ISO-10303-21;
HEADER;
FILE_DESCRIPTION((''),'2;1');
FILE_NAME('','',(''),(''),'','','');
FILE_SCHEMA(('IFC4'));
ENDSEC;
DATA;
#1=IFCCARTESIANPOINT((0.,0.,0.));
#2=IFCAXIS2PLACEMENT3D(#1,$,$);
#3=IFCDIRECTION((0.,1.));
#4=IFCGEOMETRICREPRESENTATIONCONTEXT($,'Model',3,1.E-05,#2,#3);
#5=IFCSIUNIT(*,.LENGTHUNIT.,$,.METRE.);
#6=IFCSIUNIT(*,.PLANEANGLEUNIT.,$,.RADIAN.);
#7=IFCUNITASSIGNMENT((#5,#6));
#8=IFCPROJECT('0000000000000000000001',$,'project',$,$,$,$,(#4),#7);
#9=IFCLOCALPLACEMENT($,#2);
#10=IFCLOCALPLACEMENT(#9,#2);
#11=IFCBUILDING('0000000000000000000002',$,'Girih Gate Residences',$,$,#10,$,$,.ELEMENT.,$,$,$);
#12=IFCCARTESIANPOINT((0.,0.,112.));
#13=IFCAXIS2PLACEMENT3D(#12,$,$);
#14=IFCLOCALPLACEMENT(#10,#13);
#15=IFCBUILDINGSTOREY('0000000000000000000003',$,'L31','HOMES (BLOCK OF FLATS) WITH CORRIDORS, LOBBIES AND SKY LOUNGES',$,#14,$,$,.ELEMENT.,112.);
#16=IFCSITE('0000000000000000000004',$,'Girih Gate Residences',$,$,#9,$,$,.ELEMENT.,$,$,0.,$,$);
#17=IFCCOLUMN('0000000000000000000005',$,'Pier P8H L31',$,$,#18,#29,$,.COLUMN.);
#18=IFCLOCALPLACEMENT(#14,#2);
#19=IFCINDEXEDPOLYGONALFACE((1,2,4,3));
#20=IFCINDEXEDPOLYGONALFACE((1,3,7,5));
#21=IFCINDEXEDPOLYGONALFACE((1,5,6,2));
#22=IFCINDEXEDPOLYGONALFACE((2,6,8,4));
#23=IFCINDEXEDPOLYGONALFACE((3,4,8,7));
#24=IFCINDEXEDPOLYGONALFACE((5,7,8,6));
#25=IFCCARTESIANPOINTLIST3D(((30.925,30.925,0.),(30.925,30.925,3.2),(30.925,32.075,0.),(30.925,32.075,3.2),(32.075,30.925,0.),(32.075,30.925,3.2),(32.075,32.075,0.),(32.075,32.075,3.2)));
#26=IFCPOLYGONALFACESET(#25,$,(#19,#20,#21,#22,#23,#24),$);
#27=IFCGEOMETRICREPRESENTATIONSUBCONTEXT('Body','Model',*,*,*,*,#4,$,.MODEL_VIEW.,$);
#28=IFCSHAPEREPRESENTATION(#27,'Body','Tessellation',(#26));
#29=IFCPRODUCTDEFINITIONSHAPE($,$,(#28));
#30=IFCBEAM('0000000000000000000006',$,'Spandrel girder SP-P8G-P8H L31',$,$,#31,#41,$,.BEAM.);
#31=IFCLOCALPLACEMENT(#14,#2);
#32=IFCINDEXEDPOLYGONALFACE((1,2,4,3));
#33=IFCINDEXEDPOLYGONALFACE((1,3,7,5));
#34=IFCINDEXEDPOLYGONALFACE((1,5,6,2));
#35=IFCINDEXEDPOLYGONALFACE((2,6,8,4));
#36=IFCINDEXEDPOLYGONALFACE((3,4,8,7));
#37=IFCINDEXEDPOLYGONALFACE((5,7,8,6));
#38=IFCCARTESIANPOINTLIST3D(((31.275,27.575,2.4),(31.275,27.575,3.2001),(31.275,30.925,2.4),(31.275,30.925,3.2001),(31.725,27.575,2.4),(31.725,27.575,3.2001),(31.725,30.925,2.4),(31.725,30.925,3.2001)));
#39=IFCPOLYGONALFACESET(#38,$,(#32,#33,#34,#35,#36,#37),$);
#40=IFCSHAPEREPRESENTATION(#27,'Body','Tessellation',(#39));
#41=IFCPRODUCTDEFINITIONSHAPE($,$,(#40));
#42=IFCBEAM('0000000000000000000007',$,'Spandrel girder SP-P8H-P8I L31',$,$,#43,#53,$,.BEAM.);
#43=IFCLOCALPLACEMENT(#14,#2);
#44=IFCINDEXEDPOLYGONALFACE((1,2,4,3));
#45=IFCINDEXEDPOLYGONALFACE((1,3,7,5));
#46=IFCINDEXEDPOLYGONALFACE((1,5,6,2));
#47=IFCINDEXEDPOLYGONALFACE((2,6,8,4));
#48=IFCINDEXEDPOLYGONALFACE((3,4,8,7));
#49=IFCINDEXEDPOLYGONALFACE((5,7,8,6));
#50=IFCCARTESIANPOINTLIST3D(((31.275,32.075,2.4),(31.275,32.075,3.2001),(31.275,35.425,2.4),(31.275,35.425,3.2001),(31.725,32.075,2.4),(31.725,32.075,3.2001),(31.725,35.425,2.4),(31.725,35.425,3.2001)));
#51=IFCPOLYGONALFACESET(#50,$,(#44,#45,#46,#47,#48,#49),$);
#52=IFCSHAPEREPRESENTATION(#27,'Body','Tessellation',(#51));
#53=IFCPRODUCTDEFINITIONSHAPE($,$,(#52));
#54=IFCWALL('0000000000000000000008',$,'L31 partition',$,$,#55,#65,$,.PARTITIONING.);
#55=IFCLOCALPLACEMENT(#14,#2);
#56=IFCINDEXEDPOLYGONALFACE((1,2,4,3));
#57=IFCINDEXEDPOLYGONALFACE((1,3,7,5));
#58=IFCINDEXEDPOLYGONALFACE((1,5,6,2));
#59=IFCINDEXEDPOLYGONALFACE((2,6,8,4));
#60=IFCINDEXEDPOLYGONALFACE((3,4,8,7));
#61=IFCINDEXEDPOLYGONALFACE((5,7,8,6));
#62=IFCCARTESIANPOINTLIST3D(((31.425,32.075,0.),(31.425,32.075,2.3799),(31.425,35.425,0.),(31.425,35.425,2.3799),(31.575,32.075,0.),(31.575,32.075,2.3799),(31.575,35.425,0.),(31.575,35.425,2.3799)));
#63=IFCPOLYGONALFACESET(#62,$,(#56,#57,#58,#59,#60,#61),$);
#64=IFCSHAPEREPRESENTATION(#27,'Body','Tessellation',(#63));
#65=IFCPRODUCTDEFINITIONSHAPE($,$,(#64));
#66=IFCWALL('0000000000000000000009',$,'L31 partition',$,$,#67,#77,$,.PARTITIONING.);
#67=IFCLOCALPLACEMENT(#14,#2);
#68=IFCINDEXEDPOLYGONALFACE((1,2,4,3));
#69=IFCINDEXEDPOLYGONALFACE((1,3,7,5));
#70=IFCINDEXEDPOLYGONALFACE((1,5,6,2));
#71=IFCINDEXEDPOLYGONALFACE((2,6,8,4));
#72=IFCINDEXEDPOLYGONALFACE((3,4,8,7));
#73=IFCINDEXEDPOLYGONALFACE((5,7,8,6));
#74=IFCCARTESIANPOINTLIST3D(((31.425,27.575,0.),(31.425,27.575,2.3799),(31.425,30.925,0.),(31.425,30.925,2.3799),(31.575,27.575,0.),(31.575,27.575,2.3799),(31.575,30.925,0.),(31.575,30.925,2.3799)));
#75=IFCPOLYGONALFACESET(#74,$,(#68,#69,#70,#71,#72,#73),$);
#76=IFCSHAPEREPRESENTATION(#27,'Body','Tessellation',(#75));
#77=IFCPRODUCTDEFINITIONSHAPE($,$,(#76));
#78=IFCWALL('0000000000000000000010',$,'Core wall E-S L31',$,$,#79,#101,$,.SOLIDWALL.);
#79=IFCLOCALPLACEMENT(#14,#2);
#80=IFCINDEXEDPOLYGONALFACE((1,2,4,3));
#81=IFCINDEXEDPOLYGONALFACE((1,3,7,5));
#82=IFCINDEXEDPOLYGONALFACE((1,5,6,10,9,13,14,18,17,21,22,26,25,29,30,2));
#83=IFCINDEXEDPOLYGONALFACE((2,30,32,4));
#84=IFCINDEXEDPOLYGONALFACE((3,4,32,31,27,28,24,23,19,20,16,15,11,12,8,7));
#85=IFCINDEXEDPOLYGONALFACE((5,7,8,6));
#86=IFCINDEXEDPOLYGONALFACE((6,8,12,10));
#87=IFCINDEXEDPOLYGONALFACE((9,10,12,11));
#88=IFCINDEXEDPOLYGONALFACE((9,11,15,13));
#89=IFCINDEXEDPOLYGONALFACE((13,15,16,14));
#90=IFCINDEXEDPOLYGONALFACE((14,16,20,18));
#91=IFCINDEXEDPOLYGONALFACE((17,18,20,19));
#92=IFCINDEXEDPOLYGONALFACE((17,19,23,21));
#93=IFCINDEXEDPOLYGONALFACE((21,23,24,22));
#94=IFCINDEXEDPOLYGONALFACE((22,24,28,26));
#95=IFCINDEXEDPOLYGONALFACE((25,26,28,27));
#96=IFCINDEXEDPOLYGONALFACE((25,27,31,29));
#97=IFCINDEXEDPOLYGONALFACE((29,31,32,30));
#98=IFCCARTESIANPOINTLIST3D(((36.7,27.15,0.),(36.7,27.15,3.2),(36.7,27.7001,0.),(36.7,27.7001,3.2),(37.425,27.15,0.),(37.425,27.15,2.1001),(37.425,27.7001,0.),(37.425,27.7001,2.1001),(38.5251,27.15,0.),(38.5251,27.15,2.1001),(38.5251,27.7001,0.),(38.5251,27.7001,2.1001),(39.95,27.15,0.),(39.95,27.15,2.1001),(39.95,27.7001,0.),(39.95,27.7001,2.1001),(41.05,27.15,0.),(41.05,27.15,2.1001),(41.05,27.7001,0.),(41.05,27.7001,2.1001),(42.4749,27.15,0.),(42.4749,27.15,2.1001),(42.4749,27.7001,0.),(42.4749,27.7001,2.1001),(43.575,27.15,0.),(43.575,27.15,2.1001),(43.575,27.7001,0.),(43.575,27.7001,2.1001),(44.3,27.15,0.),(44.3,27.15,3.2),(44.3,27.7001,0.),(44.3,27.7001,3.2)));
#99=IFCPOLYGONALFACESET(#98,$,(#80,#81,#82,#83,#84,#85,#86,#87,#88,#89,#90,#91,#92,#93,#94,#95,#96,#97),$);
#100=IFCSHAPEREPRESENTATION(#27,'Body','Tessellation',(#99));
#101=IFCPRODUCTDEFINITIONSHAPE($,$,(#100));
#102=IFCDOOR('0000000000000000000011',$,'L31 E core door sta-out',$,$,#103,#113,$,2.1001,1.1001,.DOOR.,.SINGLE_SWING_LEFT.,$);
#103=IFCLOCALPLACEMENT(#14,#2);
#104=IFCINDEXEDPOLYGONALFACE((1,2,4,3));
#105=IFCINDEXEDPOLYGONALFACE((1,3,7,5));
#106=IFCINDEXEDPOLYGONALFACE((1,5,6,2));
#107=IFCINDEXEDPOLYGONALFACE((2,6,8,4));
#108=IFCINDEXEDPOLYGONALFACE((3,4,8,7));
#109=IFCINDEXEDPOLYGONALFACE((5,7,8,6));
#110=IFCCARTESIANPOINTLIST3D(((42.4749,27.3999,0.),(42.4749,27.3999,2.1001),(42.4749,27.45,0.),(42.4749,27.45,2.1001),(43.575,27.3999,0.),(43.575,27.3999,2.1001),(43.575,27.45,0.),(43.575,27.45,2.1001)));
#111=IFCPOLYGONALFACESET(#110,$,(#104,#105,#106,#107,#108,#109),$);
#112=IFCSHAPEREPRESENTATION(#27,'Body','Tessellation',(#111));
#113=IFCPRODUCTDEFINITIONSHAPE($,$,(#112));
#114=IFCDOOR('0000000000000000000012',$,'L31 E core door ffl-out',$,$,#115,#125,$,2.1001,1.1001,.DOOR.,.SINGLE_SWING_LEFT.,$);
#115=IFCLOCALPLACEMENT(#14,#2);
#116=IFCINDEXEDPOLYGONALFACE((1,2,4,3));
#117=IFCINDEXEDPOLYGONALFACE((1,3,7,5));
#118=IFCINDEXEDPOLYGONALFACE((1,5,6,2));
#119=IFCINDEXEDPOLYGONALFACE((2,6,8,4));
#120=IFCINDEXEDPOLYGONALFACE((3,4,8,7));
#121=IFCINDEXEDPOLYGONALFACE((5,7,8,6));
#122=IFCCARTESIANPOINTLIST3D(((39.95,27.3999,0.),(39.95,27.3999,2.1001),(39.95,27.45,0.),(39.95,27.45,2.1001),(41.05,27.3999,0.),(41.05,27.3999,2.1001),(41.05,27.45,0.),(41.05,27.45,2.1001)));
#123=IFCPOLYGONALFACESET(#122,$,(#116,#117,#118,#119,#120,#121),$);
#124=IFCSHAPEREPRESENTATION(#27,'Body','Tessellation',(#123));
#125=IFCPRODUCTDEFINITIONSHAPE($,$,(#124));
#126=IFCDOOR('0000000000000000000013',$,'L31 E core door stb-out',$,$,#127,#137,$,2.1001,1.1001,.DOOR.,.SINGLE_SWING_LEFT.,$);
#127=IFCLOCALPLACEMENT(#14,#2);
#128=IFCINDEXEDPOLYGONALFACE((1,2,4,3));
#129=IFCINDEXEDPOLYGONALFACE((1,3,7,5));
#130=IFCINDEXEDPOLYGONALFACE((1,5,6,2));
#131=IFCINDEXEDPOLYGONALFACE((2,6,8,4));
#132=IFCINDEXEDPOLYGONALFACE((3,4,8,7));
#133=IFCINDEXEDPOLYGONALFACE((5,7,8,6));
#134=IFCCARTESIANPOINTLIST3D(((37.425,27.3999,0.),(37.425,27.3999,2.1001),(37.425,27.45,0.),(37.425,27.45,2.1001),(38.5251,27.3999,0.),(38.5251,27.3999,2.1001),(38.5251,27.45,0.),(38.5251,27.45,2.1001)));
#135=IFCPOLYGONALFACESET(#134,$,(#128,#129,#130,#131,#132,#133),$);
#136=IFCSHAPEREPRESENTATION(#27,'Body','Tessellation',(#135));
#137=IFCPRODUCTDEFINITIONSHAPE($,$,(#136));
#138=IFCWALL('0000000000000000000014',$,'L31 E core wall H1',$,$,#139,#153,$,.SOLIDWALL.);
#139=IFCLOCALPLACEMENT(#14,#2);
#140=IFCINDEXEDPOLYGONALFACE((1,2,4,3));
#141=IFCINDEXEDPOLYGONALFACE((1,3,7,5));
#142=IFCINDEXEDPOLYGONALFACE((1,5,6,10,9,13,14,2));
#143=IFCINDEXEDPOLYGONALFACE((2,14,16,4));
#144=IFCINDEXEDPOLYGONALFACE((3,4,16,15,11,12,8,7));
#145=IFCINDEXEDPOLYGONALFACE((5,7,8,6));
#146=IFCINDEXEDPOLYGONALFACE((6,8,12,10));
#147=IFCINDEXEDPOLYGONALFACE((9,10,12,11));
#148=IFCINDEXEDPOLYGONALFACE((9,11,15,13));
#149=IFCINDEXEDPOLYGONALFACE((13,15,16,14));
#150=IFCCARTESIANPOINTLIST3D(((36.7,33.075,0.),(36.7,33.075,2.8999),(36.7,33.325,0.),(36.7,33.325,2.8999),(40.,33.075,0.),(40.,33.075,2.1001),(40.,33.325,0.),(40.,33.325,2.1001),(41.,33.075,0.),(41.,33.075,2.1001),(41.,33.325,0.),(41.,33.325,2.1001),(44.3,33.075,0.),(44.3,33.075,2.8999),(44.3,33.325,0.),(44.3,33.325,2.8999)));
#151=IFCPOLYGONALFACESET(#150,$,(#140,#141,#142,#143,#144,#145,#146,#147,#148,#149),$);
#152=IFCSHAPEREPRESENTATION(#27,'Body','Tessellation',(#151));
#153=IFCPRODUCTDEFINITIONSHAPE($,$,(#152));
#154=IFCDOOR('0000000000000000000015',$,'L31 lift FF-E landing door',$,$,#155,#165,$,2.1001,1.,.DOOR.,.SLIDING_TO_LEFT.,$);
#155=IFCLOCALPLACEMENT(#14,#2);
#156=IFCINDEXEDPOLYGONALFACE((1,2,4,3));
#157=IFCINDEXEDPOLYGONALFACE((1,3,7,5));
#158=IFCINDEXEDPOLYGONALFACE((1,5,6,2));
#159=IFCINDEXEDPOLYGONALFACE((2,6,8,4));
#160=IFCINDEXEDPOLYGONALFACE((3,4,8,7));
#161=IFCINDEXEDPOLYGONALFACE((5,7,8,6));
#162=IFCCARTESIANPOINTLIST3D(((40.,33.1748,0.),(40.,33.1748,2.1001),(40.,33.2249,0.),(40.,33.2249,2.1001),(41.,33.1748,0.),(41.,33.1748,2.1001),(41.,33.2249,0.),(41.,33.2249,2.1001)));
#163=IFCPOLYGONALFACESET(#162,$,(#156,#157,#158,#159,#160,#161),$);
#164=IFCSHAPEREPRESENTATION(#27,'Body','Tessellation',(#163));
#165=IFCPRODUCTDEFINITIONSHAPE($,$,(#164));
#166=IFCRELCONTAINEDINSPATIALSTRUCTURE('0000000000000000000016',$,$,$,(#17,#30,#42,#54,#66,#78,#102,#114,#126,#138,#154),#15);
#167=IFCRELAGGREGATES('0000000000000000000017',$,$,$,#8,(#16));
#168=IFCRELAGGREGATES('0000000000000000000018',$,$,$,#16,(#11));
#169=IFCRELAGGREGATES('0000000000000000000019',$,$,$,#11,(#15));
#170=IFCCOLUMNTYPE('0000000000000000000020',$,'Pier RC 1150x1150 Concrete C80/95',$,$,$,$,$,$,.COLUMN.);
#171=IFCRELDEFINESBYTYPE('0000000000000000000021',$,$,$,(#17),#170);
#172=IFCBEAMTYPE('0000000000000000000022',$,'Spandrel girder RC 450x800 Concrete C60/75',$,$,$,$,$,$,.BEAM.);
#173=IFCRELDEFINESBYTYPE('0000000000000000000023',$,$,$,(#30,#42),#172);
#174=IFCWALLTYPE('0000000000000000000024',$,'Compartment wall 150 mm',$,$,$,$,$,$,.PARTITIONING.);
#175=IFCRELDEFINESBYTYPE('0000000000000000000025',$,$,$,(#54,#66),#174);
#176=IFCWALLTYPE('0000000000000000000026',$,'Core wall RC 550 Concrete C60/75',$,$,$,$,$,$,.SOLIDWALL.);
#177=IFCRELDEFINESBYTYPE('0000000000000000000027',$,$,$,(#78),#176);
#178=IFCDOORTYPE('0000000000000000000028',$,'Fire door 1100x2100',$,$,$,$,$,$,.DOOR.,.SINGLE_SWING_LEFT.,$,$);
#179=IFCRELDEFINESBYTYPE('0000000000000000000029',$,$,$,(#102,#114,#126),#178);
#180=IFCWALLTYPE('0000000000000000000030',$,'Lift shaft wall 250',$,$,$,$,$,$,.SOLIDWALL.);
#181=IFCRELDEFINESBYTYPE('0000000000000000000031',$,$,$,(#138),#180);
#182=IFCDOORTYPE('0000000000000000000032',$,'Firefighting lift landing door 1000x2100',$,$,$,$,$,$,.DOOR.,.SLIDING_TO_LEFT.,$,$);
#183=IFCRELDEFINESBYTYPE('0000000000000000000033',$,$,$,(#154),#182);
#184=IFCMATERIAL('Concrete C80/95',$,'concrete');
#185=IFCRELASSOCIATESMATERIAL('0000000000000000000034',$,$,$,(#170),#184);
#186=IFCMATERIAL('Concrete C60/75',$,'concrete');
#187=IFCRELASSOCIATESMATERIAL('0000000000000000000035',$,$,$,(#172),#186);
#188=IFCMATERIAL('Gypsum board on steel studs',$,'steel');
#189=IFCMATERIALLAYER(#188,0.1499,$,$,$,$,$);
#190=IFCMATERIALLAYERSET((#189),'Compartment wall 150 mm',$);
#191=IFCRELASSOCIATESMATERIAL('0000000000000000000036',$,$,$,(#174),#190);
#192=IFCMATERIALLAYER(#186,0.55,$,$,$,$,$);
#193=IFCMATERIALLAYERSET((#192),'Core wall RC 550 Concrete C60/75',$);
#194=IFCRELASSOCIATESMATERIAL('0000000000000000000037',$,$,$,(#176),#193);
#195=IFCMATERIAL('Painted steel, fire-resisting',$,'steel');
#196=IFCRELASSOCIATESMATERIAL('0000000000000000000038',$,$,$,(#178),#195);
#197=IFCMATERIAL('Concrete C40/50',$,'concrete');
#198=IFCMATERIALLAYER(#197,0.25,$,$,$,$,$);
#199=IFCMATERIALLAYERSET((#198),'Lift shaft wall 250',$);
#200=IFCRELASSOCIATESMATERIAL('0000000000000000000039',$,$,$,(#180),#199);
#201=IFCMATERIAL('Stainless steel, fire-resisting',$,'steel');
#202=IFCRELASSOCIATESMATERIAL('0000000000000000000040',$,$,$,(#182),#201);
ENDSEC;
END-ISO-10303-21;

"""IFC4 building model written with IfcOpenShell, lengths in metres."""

from ifc_helpers import new_model, si_unit, direction, frame, frame_2d, origin, origin_2d, place, context, subcontext, project, spatial, rectangle, extrude, material, layer, layer_set, material_profile, profile_set, type_object, element, fill, save


model = new_model("IFC4")

# Units and contexts
model_context = context("Model", 3, precision=1e-05, world=origin(), true_north=direction((0.0, 1.0)))
body_context = subcontext(model_context, "Body", "Model", "MODEL_VIEW")
ifc_project = project(units=[si_unit("LENGTHUNIT", "METRE"), si_unit("PLANEANGLEUNIT", "RADIAN")], contexts=[model_context])

# Site, building, storey
site_placement = place(None, origin())
site = spatial("IfcSite", under=ifc_project, at=site_placement, Name="Girih Gate Residences", CompositionType="ELEMENT", RefElevation=0.0)
building_placement = place(site_placement, origin())
building = spatial("IfcBuilding", under=site, at=building_placement, Name="Girih Gate Residences", CompositionType="ELEMENT")
storey_placement = place(building_placement, frame((0.0, 0.0, 112.0)))
storey = spatial("IfcBuildingStorey", under=building, at=storey_placement, Name="L31", Description="HOMES (BLOCK OF FLATS) WITH CORRIDORS, LOBBIES AND SKY LOUNGES", CompositionType="ELEMENT", Elevation=112.0)

# Column
ifc_material_1 = material(Name="Concrete C80/95", Category="concrete")
ifc_material_profile_1 = material_profile(ifc_material_1, rectangle(XDim=1.1499, YDim=1.1499, at=origin_2d()))
ifc_profile_set_1 = profile_set([ifc_material_profile_1], Name="Concrete C80/95")
column_type = type_object("IfcColumnType", Name="Pier RC 1150x1150 Concrete C80/95", PredefinedType="COLUMN", material=ifc_profile_set_1)
column_placement = place(storey_placement, frame((31.5, 31.5, 0.0), z_axis=(0.0, 0.0, 1.0), x_axis=(1.0, 0.0, 0.0)))
element("IfcColumn", 1, at=column_placement, inside=storey, type_object=column_type, Name="Pier P8H L31", PredefinedType="COLUMN", context=body_context, shape_type="SweptSolid", body=[
    extrude(rectangle(XDim=1.1499, YDim=1.1499, at=origin_2d()), origin(), (0.0, 0.0, 1.0), 3.2),
])

# Beams
ifc_material_2 = material(Name="Concrete C60/75", Category="concrete")
ifc_material_profile_2 = material_profile(ifc_material_2, rectangle(XDim=0.45, YDim=0.8, at=origin_2d()))
ifc_profile_set_2 = profile_set([ifc_material_profile_2], Name="Concrete C60/75")
beam_type = type_object("IfcBeamType", Name="Spandrel girder RC 450x800 Concrete C60/75", PredefinedType="BEAM", material=ifc_profile_set_2)
for number, where, z_axis, x_axis, name in (
    (2, (31.5, 27.575, 2.8), (0.0, 1.0, 0.0), (-1.0, 0.0, 0.0), "Spandrel girder SP-P8G-P8H L31"),
    (3, (31.5, 32.075, 2.8), (0.0, 1.0, 0.0), (-1.0, 0.0, 0.0), "Spandrel girder SP-P8H-P8I L31"),
):
    element("IfcBeam", number, at=place(storey_placement, frame(where, z_axis=z_axis, x_axis=x_axis)), inside=storey, type_object=beam_type, Name=name, PredefinedType="BEAM", context=body_context, shape_type="SweptSolid", body=[
        extrude(rectangle(XDim=0.45, YDim=0.8, at=origin_2d()), origin(), (0.0, 0.0, 1.0), 3.3501),
    ])

# Walls
ifc_material_3 = material(Name="Gypsum board on steel studs", Category="steel")
ifc_layer_1 = layer(ifc_material_3, 0.1499)
ifc_layer_set_1 = layer_set([ifc_layer_1], Name="Compartment wall 150 mm")
wall_type_1 = type_object("IfcWallType", Name="Compartment wall 150 mm", PredefinedType="PARTITIONING", material=ifc_layer_set_1)
for number, where, z_axis, x_axis, name in (
    (4, (31.5, 32.075, 0.0), (0.0, 0.0, 1.0), (0.0, 1.0, 0.0), "L31 partition"),
    (5, (31.5, 27.575, 0.0), (0.0, 0.0, 1.0), (0.0, 1.0, 0.0), "L31 partition"),
):
    element("IfcWall", number, at=place(storey_placement, frame(where, z_axis=z_axis, x_axis=x_axis)), inside=storey, type_object=wall_type_1, Name=name, PredefinedType="PARTITIONING", context=body_context, shape_type="SweptSolid", body=[
        extrude(rectangle(XDim=3.3501, YDim=0.1499, at=frame_2d((1.675, 0.0))), origin(), (0.0, 0.0, 1.0), 2.3799),
    ])

# Wall, openings, doors
ifc_layer_2 = layer(ifc_material_2, 0.55)
ifc_layer_set_2 = layer_set([ifc_layer_2], Name="Core wall RC 550 Concrete C60/75")
wall_type_2 = type_object("IfcWallType", Name="Core wall RC 550 Concrete C60/75", PredefinedType="SOLIDWALL", material=ifc_layer_set_2)
wall_1_placement = place(storey_placement, frame((36.7, 27.425, 0.0), z_axis=(0.0, 0.0, 1.0), x_axis=(1.0, 0.0, 0.0)))
wall_1 = element("IfcWall", 6, at=wall_1_placement, inside=storey, type_object=wall_type_2, Name="Core wall E-S L31", PredefinedType="SOLIDWALL", context=body_context, shape_type="SweptSolid", body=[
    extrude(rectangle(XDim=7.6001, YDim=0.55, at=frame_2d((3.8, 0.0))), origin(), (0.0, 0.0, 1.0), 3.2),
])
opening_1_placement = place(wall_1_placement, frame((5.7749, 0.0, 0.0)))
opening_1 = element("IfcOpeningElement", 7, at=opening_1_placement, cuts=wall_1, PredefinedType="OPENING", context=body_context, shape_type="SweptSolid", body=[
    extrude(rectangle(XDim=1.1001, YDim=2.1001, at=frame_2d((0.55, 1.05))), frame((0.0, 0.2849, 0.0), z_axis=(0.0, -1.0, 0.0), x_axis=(1.0, 0.0, 0.0)), (0.0, 0.0, 1.0), 0.5701),
])
opening_2_placement = place(wall_1_placement, frame((3.25, 0.0, 0.0)))
opening_2 = element("IfcOpeningElement", 8, at=opening_2_placement, cuts=wall_1, PredefinedType="OPENING", context=body_context, shape_type="SweptSolid", body=[
    extrude(rectangle(XDim=1.1001, YDim=2.1001, at=frame_2d((0.55, 1.05))), frame((0.0, 0.2849, 0.0), z_axis=(0.0, -1.0, 0.0), x_axis=(1.0, 0.0, 0.0)), (0.0, 0.0, 1.0), 0.5701),
])
opening_3_placement = place(wall_1_placement, frame((0.7251, 0.0, 0.0)))
opening_3 = element("IfcOpeningElement", 9, at=opening_3_placement, cuts=wall_1, PredefinedType="OPENING", context=body_context, shape_type="SweptSolid", body=[
    extrude(rectangle(XDim=1.1001, YDim=2.1001, at=frame_2d((0.55, 1.05))), frame((0.0, 0.2849, 0.0), z_axis=(0.0, -1.0, 0.0), x_axis=(1.0, 0.0, 0.0)), (0.0, 0.0, 1.0), 0.5701),
])
ifc_material_4 = material(Name="Painted steel, fire-resisting", Category="steel")
door_type_1 = type_object("IfcDoorType", Name="Fire door 1100x2100", OperationType="SINGLE_SWING_LEFT", PredefinedType="DOOR", material=ifc_material_4)
door_1_placement = place(opening_1_placement, origin())
door_1 = element("IfcDoor", 10, at=door_1_placement, inside=storey, type_object=door_type_1, Name="L31 E core door sta-out", OperationType="SINGLE_SWING_LEFT", OverallHeight=2.1001, OverallWidth=1.1001, PredefinedType="DOOR", context=body_context, shape_type="SweptSolid", body=[
    extrude(rectangle(XDim=1.1001, YDim=2.1001, at=frame_2d((0.55, 1.05))), frame((0.0, 0.0249, 0.0), z_axis=(0.0, -1.0, 0.0), x_axis=(1.0, 0.0, 0.0)), (0.0, 0.0, 1.0), 0.05),
])
fill(opening_1, door_1)
door_2_placement = place(opening_2_placement, origin())
door_2 = element("IfcDoor", 11, at=door_2_placement, inside=storey, type_object=door_type_1, Name="L31 E core door ffl-out", OperationType="SINGLE_SWING_LEFT", OverallHeight=2.1001, OverallWidth=1.1001, PredefinedType="DOOR", context=body_context, shape_type="SweptSolid", body=[
    extrude(rectangle(XDim=1.1001, YDim=2.1001, at=frame_2d((0.55, 1.05))), frame((0.0, 0.0249, 0.0), z_axis=(0.0, -1.0, 0.0), x_axis=(1.0, 0.0, 0.0)), (0.0, 0.0, 1.0), 0.05),
])
fill(opening_2, door_2)
door_3_placement = place(opening_3_placement, origin())
door_3 = element("IfcDoor", 12, at=door_3_placement, inside=storey, type_object=door_type_1, Name="L31 E core door stb-out", OperationType="SINGLE_SWING_LEFT", OverallHeight=2.1001, OverallWidth=1.1001, PredefinedType="DOOR", context=body_context, shape_type="SweptSolid", body=[
    extrude(rectangle(XDim=1.1001, YDim=2.1001, at=frame_2d((0.55, 1.05))), frame((0.0, 0.0249, 0.0), z_axis=(0.0, -1.0, 0.0), x_axis=(1.0, 0.0, 0.0)), (0.0, 0.0, 1.0), 0.05),
])
fill(opening_3, door_3)

# Wall, opening, door
ifc_material_5 = material(Name="Concrete C40/50", Category="concrete")
ifc_layer_3 = layer(ifc_material_5, 0.25)
ifc_layer_set_3 = layer_set([ifc_layer_3], Name="Lift shaft wall 250")
wall_type_3 = type_object("IfcWallType", Name="Lift shaft wall 250", PredefinedType="SOLIDWALL", material=ifc_layer_set_3)
wall_2_placement = place(storey_placement, frame((36.7, 33.2, 0.0), z_axis=(0.0, 0.0, 1.0), x_axis=(1.0, 0.0, 0.0)))
wall_2 = element("IfcWall", 13, at=wall_2_placement, inside=storey, type_object=wall_type_3, Name="L31 E core wall H1", PredefinedType="SOLIDWALL", context=body_context, shape_type="SweptSolid", body=[
    extrude(rectangle(XDim=7.6001, YDim=0.25, at=frame_2d((3.8, 0.0))), origin(), (0.0, 0.0, 1.0), 2.8999),
])
opening_4_placement = place(wall_2_placement, frame((3.3, 0.0, 0.0)))
opening_4 = element("IfcOpeningElement", 14, at=opening_4_placement, cuts=wall_2, PredefinedType="OPENING", context=body_context, shape_type="SweptSolid", body=[
    extrude(rectangle(XDim=1.0, YDim=2.1001, at=frame_2d((0.5, 1.05))), frame((0.0, 0.135, 0.0), z_axis=(0.0, -1.0, 0.0), x_axis=(1.0, 0.0, 0.0)), (0.0, 0.0, 1.0), 0.27),
])
ifc_material_6 = material(Name="Stainless steel, fire-resisting", Category="steel")
door_type_2 = type_object("IfcDoorType", Name="Firefighting lift landing door 1000x2100", OperationType="SLIDING_TO_LEFT", PredefinedType="DOOR", material=ifc_material_6)
door_4_placement = place(opening_4_placement, origin())
door_4 = element("IfcDoor", 15, at=door_4_placement, inside=storey, type_object=door_type_2, Name="L31 lift FF-E landing door", OperationType="SLIDING_TO_LEFT", OverallHeight=2.1001, OverallWidth=1.0, PredefinedType="DOOR", context=body_context, shape_type="SweptSolid", body=[
    extrude(rectangle(XDim=1.0, YDim=2.1001, at=frame_2d((0.5, 1.05))), frame((0.0, 0.0249, 0.0), z_axis=(0.0, -1.0, 0.0), x_axis=(1.0, 0.0, 0.0)), (0.0, 0.0, 1.0), 0.05),
])
fill(opening_4, door_4)

save(model, "model.ifc")
